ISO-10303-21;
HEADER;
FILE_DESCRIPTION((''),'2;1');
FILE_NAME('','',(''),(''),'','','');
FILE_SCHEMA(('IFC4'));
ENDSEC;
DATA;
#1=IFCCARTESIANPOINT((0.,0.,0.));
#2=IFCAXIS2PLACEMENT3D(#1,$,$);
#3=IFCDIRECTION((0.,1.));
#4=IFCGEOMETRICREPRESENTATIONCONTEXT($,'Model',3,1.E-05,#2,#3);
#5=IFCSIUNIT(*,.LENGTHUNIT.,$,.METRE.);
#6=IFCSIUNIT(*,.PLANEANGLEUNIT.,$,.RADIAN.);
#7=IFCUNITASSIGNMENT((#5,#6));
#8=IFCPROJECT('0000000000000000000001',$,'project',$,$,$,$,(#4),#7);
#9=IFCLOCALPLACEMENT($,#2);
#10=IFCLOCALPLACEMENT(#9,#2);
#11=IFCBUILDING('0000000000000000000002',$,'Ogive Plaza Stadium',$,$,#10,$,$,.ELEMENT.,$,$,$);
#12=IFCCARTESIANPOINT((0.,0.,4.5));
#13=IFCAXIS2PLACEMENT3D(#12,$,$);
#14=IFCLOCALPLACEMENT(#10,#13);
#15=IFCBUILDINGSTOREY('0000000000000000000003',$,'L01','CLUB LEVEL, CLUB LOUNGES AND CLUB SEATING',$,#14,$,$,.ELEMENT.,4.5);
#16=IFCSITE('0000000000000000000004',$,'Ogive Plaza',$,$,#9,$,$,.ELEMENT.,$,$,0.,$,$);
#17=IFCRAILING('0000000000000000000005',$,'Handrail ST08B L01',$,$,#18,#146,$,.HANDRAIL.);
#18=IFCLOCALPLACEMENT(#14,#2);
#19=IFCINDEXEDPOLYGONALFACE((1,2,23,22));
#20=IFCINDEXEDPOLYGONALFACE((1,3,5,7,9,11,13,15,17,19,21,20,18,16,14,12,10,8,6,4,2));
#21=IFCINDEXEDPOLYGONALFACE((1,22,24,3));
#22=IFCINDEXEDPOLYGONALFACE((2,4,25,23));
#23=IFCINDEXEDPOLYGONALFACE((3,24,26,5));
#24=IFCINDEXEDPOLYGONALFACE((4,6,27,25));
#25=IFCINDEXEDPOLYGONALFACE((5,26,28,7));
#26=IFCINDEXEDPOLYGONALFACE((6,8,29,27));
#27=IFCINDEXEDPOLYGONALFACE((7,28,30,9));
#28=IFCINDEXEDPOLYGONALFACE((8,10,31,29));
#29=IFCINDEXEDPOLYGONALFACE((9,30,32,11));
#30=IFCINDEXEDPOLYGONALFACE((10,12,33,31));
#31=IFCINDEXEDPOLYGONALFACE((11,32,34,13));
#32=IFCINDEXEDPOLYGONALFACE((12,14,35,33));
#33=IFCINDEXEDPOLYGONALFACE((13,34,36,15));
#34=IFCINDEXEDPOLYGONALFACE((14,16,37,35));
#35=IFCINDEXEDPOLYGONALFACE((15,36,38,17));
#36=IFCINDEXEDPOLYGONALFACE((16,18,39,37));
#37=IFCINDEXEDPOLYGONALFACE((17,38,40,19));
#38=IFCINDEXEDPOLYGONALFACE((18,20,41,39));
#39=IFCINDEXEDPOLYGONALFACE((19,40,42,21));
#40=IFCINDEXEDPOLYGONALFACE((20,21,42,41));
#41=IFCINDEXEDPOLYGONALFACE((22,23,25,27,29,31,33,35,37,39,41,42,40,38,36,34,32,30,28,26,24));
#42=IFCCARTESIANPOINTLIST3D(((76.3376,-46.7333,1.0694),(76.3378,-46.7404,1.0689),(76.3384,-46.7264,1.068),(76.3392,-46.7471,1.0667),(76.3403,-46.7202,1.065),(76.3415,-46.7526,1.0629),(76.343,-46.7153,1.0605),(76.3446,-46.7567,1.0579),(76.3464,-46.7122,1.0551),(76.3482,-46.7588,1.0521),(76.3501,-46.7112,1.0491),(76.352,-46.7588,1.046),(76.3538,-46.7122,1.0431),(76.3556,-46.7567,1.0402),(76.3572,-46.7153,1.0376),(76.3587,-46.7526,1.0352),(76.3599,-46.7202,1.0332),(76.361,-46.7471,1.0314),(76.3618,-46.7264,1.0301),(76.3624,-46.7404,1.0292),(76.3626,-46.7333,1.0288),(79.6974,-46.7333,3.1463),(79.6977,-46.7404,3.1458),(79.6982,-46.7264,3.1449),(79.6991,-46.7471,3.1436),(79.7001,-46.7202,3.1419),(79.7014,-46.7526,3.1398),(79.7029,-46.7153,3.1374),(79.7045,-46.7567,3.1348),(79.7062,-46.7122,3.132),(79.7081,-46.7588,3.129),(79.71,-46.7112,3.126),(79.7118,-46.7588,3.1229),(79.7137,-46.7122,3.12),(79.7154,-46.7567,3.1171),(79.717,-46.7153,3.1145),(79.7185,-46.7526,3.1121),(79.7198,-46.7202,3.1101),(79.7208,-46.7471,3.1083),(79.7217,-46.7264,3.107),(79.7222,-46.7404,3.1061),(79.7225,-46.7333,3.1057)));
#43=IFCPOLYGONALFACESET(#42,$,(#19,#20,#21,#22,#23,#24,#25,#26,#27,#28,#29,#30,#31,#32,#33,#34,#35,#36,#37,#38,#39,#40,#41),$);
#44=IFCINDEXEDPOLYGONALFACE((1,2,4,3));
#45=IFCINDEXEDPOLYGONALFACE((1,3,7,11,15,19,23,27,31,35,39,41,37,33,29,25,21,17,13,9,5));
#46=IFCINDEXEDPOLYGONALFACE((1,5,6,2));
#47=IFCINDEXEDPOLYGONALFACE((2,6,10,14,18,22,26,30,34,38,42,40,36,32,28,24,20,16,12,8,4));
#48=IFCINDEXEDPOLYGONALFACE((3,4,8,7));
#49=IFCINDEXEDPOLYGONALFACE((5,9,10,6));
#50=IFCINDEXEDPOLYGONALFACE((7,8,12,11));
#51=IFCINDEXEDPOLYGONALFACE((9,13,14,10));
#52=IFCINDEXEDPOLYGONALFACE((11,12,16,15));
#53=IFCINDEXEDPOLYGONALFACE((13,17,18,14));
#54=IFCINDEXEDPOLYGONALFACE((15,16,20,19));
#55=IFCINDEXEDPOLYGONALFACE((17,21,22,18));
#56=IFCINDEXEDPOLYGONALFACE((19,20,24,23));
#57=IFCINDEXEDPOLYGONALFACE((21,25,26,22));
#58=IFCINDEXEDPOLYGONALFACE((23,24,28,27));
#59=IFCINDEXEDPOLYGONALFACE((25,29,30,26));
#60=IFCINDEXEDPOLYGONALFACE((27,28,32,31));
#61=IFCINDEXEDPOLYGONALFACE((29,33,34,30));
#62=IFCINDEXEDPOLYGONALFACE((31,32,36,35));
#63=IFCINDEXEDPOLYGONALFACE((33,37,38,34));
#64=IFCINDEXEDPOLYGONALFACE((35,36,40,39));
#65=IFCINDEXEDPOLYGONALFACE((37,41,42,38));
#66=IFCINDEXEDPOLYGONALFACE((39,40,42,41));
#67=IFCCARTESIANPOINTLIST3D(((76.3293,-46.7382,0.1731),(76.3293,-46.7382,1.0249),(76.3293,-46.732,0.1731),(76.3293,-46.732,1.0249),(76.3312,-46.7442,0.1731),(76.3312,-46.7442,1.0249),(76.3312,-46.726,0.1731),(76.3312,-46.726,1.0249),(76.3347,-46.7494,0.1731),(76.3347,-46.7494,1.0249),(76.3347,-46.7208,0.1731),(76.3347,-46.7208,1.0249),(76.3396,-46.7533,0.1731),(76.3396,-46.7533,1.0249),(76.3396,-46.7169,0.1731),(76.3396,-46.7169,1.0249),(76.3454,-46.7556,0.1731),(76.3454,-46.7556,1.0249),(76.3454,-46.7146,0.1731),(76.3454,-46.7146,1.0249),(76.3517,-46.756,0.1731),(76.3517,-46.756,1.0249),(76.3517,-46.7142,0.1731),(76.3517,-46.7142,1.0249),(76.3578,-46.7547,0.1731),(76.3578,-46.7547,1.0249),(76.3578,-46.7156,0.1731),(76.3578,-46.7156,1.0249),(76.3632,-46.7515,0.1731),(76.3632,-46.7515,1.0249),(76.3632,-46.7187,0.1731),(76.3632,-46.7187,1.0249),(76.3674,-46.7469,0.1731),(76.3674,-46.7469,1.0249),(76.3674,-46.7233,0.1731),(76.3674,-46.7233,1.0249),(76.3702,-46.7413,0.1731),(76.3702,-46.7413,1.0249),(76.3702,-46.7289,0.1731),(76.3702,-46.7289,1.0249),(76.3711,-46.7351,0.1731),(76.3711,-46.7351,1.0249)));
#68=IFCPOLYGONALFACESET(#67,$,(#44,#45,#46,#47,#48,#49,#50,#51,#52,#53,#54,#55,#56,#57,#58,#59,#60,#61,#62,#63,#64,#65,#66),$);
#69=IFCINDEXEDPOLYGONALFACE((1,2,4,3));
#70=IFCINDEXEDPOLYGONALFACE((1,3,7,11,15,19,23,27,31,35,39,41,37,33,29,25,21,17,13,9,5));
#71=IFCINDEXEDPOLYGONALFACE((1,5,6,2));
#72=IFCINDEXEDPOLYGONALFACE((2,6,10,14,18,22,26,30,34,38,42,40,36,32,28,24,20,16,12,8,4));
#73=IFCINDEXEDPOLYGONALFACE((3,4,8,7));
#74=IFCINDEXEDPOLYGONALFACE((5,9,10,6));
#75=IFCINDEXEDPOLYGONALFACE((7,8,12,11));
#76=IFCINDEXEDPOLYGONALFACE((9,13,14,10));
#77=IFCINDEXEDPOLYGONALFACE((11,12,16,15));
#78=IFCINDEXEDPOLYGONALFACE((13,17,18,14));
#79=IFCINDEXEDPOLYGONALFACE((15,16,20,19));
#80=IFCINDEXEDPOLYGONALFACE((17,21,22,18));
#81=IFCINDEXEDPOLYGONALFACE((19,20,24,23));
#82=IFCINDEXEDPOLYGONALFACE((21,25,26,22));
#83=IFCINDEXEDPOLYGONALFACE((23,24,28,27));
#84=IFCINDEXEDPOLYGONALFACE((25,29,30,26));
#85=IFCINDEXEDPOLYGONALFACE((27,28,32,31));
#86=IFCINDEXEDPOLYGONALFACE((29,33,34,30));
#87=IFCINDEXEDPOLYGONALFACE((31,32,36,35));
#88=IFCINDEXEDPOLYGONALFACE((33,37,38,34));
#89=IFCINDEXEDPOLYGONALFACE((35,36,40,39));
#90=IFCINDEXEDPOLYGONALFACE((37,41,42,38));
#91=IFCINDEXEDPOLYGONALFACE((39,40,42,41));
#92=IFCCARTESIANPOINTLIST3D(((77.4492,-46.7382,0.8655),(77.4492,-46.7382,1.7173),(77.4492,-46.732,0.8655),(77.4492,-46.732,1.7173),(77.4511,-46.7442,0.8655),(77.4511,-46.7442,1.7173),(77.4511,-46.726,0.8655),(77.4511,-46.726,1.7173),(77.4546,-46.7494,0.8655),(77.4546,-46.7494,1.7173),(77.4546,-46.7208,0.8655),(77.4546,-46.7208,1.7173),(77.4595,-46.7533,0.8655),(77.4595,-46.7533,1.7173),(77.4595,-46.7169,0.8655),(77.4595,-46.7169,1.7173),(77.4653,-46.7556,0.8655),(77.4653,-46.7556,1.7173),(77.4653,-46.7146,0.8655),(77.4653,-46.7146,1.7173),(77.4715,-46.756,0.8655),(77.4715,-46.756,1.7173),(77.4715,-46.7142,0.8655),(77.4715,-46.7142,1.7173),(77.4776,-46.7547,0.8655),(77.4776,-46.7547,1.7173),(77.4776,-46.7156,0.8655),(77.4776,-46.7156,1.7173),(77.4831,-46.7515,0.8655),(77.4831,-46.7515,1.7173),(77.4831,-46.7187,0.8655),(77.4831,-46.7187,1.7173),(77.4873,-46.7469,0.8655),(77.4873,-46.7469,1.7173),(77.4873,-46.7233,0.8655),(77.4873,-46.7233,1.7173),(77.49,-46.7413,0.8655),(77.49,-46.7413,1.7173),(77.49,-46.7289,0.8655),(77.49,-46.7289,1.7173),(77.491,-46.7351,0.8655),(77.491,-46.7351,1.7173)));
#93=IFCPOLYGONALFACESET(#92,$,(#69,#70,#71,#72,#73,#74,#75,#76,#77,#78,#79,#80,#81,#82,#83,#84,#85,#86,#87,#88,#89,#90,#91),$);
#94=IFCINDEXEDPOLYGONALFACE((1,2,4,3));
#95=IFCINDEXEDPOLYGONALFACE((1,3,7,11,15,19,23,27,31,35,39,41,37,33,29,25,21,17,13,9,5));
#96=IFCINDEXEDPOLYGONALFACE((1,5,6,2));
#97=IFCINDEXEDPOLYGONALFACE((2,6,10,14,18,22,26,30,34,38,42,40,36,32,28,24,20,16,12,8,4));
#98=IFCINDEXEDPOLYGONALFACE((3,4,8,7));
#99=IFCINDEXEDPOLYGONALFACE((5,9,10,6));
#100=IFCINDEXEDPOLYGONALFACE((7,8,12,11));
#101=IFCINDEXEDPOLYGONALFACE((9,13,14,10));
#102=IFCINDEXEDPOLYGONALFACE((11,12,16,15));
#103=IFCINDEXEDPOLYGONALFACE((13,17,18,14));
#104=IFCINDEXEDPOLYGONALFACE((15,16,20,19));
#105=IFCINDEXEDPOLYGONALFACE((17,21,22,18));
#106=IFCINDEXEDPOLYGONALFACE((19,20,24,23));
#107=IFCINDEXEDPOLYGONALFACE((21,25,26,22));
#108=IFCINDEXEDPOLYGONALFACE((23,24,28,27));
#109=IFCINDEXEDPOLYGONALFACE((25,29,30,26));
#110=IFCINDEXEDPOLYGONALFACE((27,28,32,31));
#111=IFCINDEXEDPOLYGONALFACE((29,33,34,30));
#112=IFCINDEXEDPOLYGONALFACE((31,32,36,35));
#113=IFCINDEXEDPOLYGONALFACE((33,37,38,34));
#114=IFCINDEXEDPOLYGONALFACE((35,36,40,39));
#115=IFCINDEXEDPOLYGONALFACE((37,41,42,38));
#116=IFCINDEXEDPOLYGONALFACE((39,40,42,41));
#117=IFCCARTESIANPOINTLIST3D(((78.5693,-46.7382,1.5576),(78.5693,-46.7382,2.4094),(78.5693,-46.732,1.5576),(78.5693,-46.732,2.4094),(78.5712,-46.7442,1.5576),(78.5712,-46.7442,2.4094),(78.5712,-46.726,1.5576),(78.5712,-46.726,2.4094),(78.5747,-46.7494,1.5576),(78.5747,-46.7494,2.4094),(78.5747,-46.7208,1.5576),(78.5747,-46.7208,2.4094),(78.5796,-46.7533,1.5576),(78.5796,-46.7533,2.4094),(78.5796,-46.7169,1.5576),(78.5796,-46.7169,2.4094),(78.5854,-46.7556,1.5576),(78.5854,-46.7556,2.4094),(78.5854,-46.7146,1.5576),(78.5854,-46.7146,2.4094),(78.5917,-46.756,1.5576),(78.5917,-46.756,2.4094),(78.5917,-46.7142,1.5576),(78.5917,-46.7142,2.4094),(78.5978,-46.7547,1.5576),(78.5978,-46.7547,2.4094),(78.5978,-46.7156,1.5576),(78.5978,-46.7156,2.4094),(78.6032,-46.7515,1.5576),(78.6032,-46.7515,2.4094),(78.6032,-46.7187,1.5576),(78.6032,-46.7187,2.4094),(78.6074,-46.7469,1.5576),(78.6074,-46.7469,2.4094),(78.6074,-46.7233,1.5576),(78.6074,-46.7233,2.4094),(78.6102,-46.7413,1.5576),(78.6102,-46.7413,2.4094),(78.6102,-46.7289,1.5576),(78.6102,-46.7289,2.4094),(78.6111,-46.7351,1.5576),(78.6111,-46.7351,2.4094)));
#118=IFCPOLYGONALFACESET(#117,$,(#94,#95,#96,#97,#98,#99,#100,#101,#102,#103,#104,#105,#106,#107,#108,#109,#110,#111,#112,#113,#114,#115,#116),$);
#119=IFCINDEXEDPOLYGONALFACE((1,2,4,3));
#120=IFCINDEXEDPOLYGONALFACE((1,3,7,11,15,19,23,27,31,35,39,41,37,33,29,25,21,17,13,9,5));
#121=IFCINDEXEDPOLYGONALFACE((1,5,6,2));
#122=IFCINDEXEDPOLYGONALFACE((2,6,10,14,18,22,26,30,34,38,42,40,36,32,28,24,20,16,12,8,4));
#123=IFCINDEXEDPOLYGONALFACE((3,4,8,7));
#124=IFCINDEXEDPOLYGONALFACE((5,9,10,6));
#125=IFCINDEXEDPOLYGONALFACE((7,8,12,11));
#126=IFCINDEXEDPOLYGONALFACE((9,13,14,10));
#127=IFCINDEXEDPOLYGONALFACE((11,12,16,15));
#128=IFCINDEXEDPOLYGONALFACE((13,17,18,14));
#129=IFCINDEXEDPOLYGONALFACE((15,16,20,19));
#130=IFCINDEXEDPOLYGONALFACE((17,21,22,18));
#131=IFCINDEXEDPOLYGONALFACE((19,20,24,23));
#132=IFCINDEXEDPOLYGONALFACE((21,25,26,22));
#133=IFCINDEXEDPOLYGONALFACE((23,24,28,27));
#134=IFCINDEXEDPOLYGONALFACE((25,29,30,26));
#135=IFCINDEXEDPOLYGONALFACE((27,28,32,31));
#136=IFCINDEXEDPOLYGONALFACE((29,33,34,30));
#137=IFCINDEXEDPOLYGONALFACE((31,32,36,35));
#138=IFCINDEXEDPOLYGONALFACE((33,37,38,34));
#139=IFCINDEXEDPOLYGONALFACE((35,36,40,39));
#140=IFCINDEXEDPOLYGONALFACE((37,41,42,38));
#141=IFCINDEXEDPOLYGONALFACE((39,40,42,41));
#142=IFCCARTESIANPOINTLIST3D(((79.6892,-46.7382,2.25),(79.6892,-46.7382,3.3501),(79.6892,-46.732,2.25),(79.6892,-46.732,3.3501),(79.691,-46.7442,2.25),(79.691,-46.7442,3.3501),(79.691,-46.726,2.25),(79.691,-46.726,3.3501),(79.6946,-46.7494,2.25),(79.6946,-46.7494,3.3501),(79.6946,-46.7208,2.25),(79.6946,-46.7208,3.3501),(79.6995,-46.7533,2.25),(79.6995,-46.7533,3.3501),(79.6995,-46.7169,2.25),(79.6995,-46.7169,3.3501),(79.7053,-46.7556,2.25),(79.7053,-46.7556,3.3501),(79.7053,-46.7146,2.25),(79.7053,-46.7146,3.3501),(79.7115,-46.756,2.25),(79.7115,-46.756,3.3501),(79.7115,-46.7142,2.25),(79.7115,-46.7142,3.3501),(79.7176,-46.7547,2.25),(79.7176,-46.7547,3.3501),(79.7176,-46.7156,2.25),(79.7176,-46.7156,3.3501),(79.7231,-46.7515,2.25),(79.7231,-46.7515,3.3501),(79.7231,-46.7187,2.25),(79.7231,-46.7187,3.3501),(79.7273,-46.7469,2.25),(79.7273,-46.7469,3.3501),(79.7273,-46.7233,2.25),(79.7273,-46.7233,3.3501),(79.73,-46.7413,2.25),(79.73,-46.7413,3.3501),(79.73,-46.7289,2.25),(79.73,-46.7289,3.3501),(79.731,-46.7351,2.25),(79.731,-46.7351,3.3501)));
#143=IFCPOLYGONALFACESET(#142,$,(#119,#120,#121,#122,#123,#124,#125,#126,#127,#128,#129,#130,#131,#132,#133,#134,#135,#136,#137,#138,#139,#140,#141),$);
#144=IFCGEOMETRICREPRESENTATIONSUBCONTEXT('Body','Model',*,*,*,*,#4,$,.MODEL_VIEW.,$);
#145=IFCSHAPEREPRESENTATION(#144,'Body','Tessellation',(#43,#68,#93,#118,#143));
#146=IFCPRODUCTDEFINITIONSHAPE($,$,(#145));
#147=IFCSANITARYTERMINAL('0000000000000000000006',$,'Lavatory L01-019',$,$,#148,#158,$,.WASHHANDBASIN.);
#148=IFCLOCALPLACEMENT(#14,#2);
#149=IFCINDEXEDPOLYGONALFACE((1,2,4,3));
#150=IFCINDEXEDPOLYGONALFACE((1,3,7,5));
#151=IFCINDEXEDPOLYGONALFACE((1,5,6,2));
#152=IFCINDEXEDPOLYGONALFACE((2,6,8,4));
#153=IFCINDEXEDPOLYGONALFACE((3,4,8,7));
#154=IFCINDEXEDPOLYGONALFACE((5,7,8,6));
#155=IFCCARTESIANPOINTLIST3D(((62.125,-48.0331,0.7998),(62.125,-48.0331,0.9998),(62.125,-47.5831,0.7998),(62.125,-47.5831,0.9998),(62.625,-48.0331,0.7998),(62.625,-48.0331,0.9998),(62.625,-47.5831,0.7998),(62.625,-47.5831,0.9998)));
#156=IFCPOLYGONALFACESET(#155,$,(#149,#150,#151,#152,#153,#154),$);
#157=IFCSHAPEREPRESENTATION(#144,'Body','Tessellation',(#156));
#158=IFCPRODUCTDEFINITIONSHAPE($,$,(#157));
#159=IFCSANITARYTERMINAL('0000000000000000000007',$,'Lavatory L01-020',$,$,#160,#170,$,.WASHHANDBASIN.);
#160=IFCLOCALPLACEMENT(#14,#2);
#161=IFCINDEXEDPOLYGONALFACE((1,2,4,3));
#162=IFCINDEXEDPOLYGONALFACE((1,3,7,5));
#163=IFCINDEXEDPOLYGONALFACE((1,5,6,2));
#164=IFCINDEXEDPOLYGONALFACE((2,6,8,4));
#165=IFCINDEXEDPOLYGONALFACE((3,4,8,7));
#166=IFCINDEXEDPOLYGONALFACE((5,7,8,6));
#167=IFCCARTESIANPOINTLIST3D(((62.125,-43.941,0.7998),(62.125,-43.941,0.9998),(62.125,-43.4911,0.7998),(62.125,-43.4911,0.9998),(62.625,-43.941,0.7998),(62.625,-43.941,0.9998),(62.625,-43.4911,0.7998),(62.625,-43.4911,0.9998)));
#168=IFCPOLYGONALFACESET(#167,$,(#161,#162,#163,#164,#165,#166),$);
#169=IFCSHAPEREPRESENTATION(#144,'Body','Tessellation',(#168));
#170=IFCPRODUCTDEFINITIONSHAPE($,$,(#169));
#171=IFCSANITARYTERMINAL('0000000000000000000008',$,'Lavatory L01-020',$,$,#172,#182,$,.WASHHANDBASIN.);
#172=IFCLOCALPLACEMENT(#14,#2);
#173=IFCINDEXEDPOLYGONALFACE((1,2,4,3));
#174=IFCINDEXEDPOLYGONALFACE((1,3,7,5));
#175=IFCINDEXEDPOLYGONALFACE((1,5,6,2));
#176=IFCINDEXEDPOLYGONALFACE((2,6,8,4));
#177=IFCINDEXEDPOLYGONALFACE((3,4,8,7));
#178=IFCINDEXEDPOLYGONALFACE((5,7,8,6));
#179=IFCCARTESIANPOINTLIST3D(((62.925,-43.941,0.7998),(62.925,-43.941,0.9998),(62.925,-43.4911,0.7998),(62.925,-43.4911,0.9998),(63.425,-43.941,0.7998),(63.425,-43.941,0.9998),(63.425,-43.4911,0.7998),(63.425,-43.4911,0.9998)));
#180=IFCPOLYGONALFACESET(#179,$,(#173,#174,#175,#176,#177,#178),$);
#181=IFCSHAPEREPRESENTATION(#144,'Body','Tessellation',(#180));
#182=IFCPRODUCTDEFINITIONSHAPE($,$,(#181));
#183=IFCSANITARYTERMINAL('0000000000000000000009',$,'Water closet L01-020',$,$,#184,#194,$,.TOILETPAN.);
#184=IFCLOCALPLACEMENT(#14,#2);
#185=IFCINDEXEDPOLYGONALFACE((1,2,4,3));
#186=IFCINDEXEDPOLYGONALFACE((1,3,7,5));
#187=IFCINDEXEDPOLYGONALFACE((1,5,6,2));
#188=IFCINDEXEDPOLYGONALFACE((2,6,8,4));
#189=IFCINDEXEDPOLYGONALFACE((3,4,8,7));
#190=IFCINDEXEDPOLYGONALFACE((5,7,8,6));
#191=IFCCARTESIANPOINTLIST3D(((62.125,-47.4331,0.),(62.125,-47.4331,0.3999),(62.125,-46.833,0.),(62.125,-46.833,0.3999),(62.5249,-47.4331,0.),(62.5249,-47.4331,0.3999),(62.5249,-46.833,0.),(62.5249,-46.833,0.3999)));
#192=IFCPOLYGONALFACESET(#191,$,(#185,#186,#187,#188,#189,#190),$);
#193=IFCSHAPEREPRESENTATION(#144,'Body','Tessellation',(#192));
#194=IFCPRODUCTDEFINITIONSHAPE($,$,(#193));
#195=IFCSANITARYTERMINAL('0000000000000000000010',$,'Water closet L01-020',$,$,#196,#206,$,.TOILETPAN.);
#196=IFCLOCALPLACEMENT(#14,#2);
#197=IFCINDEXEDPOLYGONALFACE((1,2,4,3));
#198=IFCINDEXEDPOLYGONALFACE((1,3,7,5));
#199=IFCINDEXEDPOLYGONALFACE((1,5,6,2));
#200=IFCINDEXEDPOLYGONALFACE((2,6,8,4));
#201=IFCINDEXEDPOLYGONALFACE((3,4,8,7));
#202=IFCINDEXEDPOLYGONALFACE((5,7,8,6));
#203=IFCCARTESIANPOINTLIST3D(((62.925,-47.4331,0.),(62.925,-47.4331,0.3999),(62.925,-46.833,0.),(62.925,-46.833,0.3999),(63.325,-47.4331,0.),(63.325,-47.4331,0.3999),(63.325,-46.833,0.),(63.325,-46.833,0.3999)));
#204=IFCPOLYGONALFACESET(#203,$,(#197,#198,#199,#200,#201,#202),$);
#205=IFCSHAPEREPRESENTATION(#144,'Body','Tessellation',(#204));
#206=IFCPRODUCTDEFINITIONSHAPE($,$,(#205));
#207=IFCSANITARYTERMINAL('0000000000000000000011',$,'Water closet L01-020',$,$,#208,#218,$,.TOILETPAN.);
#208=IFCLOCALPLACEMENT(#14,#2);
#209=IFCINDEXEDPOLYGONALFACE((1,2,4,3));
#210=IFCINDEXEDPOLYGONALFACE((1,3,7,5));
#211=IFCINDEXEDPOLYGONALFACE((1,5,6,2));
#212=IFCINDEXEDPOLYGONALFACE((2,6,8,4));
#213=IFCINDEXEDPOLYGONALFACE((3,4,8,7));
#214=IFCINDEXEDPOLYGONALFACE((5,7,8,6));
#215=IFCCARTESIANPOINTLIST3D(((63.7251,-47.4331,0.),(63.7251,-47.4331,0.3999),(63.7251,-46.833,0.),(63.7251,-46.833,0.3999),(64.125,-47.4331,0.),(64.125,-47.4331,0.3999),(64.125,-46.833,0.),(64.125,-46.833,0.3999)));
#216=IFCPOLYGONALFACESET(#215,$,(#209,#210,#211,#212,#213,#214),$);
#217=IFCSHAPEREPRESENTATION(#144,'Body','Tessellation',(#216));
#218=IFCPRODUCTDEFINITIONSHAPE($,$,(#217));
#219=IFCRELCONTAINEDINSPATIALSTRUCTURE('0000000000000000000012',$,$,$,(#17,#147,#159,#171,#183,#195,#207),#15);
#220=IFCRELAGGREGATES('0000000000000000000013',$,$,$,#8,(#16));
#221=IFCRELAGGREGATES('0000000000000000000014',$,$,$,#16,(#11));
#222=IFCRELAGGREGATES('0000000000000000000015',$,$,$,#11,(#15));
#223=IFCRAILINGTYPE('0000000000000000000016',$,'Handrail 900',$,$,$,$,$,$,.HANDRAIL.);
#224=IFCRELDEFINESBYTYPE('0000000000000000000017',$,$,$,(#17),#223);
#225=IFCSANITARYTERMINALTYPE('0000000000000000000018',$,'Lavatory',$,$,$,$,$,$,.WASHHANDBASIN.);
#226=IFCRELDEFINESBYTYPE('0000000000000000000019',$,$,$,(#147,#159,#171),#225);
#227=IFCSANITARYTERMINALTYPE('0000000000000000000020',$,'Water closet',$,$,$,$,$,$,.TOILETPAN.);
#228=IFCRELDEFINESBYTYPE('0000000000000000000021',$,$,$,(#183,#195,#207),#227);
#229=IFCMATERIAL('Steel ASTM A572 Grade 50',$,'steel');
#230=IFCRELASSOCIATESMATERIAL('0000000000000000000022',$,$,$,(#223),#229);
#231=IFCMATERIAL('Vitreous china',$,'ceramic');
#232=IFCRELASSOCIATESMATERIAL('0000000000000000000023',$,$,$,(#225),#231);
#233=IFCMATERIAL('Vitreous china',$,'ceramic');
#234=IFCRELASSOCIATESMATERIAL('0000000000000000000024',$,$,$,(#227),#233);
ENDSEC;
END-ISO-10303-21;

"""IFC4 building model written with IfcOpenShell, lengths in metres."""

from ifc_helpers import new_model, si_unit, direction, frame, origin, origin_2d, place, context, subcontext, project, spatial, rectangle, circle, extrude, material, type_object, element, save


model = new_model("IFC4")

# Units and contexts
model_context = context("Model", 3, precision=1e-05, world=origin(), true_north=direction((0.0, 1.0)))
body_context = subcontext(model_context, "Body", "Model", "MODEL_VIEW")
ifc_project = project(units=[si_unit("LENGTHUNIT", "METRE"), si_unit("PLANEANGLEUNIT", "RADIAN")], contexts=[model_context])

# Site, building, storey
site_placement = place(None, origin())
site = spatial("IfcSite", under=ifc_project, at=site_placement, Name="Ogive Plaza", CompositionType="ELEMENT", RefElevation=0.0)
building_placement = place(site_placement, origin())
building = spatial("IfcBuilding", under=site, at=building_placement, Name="Ogive Plaza Stadium", CompositionType="ELEMENT")
storey_placement = place(building_placement, frame((0.0, 0.0, 4.5)))
storey = spatial("IfcBuildingStorey", under=building, at=storey_placement, Name="L01", Description="CLUB LEVEL, CLUB LOUNGES AND CLUB SEATING", CompositionType="ELEMENT", Elevation=4.5)

# Railing
ifc_material_1 = material(Name="Steel ASTM A572 Grade 50", Category="steel")
railing_type = type_object("IfcRailingType", Name="Handrail 900", PredefinedType="HANDRAIL", material=ifc_material_1)
railing_placement = place(storey_placement, frame((76.3501, -46.7351, 0.1731)))
element("IfcRailing", 1, at=railing_placement, inside=storey, type_object=railing_type, Name="Handrail ST08B L01", PredefinedType="HANDRAIL", context=body_context, shape_type="SweptSolid", body=[
    extrude(circle(Radius=0.0239, at=origin_2d()), frame((0.0, 0.0, 0.876), z_axis=(0.850606, 0.0, 0.525803), x_axis=(0.0, 1.0, 0.0)), (0.0, 0.0, 1.0), 3.95),
    extrude(circle(Radius=0.021, at=origin_2d()), origin(), (0.0, 0.0, 1.0), 0.8518),
    extrude(circle(Radius=0.021, at=origin_2d()), frame((1.1199, 0.0, 0.6924)), (0.0, 0.0, 1.0), 0.8518),
    extrude(circle(Radius=0.021, at=origin_2d()), frame((2.24, 0.0, 1.3845)), (0.0, 0.0, 1.0), 0.8518),
    extrude(circle(Radius=0.021, at=origin_2d()), frame((3.3599, 0.0, 2.0769)), (0.0, 0.0, 1.0), 1.1001),
])

# Sanitary terminals
ifc_material_2 = material(Name="Vitreous china", Category="ceramic")
sanitary_terminal_type_1 = type_object("IfcSanitaryTerminalType", Name="Lavatory", PredefinedType="WASHHANDBASIN", material=ifc_material_2)
for number, where, z_axis, x_axis, name in (
    (2, (62.375, -47.8081, 0.7998), (0.0, 0.0, 1.0), (1.0, 0.0, 0.0), "Lavatory L01-019"),
    (3, (62.375, -43.7161, 0.7998), (0.0, 0.0, 1.0), (1.0, 0.0, 0.0), "Lavatory L01-020"),
    (4, (63.175, -43.7161, 0.7998), (0.0, 0.0, 1.0), (1.0, 0.0, 0.0), "Lavatory L01-020"),
):
    element("IfcSanitaryTerminal", number, at=place(storey_placement, frame(where, z_axis=z_axis, x_axis=x_axis)), inside=storey, type_object=sanitary_terminal_type_1, Name=name, PredefinedType="WASHHANDBASIN", context=body_context, shape_type="SweptSolid", body=[
        extrude(rectangle(XDim=0.5, YDim=0.45, at=origin_2d()), origin(), (0.0, 0.0, 1.0), 0.2),
    ])
ifc_material_3 = material(Name="Vitreous china", Category="ceramic")
sanitary_terminal_type_2 = type_object("IfcSanitaryTerminalType", Name="Water closet", PredefinedType="TOILETPAN", material=ifc_material_3)
for number, where, z_axis, x_axis, name in (
    (5, (62.325, -47.1331, 0.0), (0.0, 0.0, 1.0), (1.0, 0.0, 0.0), "Water closet L01-020"),
    (6, (63.125, -47.1331, 0.0), (0.0, 0.0, 1.0), (1.0, 0.0, 0.0), "Water closet L01-020"),
    (7, (63.925, -47.1331, 0.0), (0.0, 0.0, 1.0), (1.0, 0.0, 0.0), "Water closet L01-020"),
):
    element("IfcSanitaryTerminal", number, at=place(storey_placement, frame(where, z_axis=z_axis, x_axis=x_axis)), inside=storey, type_object=sanitary_terminal_type_2, Name=name, PredefinedType="TOILETPAN", context=body_context, shape_type="SweptSolid", body=[
        extrude(rectangle(XDim=0.3999, YDim=0.6001, at=origin_2d()), origin(), (0.0, 0.0, 1.0), 0.3999),
    ])

save(model, "model.ifc")
